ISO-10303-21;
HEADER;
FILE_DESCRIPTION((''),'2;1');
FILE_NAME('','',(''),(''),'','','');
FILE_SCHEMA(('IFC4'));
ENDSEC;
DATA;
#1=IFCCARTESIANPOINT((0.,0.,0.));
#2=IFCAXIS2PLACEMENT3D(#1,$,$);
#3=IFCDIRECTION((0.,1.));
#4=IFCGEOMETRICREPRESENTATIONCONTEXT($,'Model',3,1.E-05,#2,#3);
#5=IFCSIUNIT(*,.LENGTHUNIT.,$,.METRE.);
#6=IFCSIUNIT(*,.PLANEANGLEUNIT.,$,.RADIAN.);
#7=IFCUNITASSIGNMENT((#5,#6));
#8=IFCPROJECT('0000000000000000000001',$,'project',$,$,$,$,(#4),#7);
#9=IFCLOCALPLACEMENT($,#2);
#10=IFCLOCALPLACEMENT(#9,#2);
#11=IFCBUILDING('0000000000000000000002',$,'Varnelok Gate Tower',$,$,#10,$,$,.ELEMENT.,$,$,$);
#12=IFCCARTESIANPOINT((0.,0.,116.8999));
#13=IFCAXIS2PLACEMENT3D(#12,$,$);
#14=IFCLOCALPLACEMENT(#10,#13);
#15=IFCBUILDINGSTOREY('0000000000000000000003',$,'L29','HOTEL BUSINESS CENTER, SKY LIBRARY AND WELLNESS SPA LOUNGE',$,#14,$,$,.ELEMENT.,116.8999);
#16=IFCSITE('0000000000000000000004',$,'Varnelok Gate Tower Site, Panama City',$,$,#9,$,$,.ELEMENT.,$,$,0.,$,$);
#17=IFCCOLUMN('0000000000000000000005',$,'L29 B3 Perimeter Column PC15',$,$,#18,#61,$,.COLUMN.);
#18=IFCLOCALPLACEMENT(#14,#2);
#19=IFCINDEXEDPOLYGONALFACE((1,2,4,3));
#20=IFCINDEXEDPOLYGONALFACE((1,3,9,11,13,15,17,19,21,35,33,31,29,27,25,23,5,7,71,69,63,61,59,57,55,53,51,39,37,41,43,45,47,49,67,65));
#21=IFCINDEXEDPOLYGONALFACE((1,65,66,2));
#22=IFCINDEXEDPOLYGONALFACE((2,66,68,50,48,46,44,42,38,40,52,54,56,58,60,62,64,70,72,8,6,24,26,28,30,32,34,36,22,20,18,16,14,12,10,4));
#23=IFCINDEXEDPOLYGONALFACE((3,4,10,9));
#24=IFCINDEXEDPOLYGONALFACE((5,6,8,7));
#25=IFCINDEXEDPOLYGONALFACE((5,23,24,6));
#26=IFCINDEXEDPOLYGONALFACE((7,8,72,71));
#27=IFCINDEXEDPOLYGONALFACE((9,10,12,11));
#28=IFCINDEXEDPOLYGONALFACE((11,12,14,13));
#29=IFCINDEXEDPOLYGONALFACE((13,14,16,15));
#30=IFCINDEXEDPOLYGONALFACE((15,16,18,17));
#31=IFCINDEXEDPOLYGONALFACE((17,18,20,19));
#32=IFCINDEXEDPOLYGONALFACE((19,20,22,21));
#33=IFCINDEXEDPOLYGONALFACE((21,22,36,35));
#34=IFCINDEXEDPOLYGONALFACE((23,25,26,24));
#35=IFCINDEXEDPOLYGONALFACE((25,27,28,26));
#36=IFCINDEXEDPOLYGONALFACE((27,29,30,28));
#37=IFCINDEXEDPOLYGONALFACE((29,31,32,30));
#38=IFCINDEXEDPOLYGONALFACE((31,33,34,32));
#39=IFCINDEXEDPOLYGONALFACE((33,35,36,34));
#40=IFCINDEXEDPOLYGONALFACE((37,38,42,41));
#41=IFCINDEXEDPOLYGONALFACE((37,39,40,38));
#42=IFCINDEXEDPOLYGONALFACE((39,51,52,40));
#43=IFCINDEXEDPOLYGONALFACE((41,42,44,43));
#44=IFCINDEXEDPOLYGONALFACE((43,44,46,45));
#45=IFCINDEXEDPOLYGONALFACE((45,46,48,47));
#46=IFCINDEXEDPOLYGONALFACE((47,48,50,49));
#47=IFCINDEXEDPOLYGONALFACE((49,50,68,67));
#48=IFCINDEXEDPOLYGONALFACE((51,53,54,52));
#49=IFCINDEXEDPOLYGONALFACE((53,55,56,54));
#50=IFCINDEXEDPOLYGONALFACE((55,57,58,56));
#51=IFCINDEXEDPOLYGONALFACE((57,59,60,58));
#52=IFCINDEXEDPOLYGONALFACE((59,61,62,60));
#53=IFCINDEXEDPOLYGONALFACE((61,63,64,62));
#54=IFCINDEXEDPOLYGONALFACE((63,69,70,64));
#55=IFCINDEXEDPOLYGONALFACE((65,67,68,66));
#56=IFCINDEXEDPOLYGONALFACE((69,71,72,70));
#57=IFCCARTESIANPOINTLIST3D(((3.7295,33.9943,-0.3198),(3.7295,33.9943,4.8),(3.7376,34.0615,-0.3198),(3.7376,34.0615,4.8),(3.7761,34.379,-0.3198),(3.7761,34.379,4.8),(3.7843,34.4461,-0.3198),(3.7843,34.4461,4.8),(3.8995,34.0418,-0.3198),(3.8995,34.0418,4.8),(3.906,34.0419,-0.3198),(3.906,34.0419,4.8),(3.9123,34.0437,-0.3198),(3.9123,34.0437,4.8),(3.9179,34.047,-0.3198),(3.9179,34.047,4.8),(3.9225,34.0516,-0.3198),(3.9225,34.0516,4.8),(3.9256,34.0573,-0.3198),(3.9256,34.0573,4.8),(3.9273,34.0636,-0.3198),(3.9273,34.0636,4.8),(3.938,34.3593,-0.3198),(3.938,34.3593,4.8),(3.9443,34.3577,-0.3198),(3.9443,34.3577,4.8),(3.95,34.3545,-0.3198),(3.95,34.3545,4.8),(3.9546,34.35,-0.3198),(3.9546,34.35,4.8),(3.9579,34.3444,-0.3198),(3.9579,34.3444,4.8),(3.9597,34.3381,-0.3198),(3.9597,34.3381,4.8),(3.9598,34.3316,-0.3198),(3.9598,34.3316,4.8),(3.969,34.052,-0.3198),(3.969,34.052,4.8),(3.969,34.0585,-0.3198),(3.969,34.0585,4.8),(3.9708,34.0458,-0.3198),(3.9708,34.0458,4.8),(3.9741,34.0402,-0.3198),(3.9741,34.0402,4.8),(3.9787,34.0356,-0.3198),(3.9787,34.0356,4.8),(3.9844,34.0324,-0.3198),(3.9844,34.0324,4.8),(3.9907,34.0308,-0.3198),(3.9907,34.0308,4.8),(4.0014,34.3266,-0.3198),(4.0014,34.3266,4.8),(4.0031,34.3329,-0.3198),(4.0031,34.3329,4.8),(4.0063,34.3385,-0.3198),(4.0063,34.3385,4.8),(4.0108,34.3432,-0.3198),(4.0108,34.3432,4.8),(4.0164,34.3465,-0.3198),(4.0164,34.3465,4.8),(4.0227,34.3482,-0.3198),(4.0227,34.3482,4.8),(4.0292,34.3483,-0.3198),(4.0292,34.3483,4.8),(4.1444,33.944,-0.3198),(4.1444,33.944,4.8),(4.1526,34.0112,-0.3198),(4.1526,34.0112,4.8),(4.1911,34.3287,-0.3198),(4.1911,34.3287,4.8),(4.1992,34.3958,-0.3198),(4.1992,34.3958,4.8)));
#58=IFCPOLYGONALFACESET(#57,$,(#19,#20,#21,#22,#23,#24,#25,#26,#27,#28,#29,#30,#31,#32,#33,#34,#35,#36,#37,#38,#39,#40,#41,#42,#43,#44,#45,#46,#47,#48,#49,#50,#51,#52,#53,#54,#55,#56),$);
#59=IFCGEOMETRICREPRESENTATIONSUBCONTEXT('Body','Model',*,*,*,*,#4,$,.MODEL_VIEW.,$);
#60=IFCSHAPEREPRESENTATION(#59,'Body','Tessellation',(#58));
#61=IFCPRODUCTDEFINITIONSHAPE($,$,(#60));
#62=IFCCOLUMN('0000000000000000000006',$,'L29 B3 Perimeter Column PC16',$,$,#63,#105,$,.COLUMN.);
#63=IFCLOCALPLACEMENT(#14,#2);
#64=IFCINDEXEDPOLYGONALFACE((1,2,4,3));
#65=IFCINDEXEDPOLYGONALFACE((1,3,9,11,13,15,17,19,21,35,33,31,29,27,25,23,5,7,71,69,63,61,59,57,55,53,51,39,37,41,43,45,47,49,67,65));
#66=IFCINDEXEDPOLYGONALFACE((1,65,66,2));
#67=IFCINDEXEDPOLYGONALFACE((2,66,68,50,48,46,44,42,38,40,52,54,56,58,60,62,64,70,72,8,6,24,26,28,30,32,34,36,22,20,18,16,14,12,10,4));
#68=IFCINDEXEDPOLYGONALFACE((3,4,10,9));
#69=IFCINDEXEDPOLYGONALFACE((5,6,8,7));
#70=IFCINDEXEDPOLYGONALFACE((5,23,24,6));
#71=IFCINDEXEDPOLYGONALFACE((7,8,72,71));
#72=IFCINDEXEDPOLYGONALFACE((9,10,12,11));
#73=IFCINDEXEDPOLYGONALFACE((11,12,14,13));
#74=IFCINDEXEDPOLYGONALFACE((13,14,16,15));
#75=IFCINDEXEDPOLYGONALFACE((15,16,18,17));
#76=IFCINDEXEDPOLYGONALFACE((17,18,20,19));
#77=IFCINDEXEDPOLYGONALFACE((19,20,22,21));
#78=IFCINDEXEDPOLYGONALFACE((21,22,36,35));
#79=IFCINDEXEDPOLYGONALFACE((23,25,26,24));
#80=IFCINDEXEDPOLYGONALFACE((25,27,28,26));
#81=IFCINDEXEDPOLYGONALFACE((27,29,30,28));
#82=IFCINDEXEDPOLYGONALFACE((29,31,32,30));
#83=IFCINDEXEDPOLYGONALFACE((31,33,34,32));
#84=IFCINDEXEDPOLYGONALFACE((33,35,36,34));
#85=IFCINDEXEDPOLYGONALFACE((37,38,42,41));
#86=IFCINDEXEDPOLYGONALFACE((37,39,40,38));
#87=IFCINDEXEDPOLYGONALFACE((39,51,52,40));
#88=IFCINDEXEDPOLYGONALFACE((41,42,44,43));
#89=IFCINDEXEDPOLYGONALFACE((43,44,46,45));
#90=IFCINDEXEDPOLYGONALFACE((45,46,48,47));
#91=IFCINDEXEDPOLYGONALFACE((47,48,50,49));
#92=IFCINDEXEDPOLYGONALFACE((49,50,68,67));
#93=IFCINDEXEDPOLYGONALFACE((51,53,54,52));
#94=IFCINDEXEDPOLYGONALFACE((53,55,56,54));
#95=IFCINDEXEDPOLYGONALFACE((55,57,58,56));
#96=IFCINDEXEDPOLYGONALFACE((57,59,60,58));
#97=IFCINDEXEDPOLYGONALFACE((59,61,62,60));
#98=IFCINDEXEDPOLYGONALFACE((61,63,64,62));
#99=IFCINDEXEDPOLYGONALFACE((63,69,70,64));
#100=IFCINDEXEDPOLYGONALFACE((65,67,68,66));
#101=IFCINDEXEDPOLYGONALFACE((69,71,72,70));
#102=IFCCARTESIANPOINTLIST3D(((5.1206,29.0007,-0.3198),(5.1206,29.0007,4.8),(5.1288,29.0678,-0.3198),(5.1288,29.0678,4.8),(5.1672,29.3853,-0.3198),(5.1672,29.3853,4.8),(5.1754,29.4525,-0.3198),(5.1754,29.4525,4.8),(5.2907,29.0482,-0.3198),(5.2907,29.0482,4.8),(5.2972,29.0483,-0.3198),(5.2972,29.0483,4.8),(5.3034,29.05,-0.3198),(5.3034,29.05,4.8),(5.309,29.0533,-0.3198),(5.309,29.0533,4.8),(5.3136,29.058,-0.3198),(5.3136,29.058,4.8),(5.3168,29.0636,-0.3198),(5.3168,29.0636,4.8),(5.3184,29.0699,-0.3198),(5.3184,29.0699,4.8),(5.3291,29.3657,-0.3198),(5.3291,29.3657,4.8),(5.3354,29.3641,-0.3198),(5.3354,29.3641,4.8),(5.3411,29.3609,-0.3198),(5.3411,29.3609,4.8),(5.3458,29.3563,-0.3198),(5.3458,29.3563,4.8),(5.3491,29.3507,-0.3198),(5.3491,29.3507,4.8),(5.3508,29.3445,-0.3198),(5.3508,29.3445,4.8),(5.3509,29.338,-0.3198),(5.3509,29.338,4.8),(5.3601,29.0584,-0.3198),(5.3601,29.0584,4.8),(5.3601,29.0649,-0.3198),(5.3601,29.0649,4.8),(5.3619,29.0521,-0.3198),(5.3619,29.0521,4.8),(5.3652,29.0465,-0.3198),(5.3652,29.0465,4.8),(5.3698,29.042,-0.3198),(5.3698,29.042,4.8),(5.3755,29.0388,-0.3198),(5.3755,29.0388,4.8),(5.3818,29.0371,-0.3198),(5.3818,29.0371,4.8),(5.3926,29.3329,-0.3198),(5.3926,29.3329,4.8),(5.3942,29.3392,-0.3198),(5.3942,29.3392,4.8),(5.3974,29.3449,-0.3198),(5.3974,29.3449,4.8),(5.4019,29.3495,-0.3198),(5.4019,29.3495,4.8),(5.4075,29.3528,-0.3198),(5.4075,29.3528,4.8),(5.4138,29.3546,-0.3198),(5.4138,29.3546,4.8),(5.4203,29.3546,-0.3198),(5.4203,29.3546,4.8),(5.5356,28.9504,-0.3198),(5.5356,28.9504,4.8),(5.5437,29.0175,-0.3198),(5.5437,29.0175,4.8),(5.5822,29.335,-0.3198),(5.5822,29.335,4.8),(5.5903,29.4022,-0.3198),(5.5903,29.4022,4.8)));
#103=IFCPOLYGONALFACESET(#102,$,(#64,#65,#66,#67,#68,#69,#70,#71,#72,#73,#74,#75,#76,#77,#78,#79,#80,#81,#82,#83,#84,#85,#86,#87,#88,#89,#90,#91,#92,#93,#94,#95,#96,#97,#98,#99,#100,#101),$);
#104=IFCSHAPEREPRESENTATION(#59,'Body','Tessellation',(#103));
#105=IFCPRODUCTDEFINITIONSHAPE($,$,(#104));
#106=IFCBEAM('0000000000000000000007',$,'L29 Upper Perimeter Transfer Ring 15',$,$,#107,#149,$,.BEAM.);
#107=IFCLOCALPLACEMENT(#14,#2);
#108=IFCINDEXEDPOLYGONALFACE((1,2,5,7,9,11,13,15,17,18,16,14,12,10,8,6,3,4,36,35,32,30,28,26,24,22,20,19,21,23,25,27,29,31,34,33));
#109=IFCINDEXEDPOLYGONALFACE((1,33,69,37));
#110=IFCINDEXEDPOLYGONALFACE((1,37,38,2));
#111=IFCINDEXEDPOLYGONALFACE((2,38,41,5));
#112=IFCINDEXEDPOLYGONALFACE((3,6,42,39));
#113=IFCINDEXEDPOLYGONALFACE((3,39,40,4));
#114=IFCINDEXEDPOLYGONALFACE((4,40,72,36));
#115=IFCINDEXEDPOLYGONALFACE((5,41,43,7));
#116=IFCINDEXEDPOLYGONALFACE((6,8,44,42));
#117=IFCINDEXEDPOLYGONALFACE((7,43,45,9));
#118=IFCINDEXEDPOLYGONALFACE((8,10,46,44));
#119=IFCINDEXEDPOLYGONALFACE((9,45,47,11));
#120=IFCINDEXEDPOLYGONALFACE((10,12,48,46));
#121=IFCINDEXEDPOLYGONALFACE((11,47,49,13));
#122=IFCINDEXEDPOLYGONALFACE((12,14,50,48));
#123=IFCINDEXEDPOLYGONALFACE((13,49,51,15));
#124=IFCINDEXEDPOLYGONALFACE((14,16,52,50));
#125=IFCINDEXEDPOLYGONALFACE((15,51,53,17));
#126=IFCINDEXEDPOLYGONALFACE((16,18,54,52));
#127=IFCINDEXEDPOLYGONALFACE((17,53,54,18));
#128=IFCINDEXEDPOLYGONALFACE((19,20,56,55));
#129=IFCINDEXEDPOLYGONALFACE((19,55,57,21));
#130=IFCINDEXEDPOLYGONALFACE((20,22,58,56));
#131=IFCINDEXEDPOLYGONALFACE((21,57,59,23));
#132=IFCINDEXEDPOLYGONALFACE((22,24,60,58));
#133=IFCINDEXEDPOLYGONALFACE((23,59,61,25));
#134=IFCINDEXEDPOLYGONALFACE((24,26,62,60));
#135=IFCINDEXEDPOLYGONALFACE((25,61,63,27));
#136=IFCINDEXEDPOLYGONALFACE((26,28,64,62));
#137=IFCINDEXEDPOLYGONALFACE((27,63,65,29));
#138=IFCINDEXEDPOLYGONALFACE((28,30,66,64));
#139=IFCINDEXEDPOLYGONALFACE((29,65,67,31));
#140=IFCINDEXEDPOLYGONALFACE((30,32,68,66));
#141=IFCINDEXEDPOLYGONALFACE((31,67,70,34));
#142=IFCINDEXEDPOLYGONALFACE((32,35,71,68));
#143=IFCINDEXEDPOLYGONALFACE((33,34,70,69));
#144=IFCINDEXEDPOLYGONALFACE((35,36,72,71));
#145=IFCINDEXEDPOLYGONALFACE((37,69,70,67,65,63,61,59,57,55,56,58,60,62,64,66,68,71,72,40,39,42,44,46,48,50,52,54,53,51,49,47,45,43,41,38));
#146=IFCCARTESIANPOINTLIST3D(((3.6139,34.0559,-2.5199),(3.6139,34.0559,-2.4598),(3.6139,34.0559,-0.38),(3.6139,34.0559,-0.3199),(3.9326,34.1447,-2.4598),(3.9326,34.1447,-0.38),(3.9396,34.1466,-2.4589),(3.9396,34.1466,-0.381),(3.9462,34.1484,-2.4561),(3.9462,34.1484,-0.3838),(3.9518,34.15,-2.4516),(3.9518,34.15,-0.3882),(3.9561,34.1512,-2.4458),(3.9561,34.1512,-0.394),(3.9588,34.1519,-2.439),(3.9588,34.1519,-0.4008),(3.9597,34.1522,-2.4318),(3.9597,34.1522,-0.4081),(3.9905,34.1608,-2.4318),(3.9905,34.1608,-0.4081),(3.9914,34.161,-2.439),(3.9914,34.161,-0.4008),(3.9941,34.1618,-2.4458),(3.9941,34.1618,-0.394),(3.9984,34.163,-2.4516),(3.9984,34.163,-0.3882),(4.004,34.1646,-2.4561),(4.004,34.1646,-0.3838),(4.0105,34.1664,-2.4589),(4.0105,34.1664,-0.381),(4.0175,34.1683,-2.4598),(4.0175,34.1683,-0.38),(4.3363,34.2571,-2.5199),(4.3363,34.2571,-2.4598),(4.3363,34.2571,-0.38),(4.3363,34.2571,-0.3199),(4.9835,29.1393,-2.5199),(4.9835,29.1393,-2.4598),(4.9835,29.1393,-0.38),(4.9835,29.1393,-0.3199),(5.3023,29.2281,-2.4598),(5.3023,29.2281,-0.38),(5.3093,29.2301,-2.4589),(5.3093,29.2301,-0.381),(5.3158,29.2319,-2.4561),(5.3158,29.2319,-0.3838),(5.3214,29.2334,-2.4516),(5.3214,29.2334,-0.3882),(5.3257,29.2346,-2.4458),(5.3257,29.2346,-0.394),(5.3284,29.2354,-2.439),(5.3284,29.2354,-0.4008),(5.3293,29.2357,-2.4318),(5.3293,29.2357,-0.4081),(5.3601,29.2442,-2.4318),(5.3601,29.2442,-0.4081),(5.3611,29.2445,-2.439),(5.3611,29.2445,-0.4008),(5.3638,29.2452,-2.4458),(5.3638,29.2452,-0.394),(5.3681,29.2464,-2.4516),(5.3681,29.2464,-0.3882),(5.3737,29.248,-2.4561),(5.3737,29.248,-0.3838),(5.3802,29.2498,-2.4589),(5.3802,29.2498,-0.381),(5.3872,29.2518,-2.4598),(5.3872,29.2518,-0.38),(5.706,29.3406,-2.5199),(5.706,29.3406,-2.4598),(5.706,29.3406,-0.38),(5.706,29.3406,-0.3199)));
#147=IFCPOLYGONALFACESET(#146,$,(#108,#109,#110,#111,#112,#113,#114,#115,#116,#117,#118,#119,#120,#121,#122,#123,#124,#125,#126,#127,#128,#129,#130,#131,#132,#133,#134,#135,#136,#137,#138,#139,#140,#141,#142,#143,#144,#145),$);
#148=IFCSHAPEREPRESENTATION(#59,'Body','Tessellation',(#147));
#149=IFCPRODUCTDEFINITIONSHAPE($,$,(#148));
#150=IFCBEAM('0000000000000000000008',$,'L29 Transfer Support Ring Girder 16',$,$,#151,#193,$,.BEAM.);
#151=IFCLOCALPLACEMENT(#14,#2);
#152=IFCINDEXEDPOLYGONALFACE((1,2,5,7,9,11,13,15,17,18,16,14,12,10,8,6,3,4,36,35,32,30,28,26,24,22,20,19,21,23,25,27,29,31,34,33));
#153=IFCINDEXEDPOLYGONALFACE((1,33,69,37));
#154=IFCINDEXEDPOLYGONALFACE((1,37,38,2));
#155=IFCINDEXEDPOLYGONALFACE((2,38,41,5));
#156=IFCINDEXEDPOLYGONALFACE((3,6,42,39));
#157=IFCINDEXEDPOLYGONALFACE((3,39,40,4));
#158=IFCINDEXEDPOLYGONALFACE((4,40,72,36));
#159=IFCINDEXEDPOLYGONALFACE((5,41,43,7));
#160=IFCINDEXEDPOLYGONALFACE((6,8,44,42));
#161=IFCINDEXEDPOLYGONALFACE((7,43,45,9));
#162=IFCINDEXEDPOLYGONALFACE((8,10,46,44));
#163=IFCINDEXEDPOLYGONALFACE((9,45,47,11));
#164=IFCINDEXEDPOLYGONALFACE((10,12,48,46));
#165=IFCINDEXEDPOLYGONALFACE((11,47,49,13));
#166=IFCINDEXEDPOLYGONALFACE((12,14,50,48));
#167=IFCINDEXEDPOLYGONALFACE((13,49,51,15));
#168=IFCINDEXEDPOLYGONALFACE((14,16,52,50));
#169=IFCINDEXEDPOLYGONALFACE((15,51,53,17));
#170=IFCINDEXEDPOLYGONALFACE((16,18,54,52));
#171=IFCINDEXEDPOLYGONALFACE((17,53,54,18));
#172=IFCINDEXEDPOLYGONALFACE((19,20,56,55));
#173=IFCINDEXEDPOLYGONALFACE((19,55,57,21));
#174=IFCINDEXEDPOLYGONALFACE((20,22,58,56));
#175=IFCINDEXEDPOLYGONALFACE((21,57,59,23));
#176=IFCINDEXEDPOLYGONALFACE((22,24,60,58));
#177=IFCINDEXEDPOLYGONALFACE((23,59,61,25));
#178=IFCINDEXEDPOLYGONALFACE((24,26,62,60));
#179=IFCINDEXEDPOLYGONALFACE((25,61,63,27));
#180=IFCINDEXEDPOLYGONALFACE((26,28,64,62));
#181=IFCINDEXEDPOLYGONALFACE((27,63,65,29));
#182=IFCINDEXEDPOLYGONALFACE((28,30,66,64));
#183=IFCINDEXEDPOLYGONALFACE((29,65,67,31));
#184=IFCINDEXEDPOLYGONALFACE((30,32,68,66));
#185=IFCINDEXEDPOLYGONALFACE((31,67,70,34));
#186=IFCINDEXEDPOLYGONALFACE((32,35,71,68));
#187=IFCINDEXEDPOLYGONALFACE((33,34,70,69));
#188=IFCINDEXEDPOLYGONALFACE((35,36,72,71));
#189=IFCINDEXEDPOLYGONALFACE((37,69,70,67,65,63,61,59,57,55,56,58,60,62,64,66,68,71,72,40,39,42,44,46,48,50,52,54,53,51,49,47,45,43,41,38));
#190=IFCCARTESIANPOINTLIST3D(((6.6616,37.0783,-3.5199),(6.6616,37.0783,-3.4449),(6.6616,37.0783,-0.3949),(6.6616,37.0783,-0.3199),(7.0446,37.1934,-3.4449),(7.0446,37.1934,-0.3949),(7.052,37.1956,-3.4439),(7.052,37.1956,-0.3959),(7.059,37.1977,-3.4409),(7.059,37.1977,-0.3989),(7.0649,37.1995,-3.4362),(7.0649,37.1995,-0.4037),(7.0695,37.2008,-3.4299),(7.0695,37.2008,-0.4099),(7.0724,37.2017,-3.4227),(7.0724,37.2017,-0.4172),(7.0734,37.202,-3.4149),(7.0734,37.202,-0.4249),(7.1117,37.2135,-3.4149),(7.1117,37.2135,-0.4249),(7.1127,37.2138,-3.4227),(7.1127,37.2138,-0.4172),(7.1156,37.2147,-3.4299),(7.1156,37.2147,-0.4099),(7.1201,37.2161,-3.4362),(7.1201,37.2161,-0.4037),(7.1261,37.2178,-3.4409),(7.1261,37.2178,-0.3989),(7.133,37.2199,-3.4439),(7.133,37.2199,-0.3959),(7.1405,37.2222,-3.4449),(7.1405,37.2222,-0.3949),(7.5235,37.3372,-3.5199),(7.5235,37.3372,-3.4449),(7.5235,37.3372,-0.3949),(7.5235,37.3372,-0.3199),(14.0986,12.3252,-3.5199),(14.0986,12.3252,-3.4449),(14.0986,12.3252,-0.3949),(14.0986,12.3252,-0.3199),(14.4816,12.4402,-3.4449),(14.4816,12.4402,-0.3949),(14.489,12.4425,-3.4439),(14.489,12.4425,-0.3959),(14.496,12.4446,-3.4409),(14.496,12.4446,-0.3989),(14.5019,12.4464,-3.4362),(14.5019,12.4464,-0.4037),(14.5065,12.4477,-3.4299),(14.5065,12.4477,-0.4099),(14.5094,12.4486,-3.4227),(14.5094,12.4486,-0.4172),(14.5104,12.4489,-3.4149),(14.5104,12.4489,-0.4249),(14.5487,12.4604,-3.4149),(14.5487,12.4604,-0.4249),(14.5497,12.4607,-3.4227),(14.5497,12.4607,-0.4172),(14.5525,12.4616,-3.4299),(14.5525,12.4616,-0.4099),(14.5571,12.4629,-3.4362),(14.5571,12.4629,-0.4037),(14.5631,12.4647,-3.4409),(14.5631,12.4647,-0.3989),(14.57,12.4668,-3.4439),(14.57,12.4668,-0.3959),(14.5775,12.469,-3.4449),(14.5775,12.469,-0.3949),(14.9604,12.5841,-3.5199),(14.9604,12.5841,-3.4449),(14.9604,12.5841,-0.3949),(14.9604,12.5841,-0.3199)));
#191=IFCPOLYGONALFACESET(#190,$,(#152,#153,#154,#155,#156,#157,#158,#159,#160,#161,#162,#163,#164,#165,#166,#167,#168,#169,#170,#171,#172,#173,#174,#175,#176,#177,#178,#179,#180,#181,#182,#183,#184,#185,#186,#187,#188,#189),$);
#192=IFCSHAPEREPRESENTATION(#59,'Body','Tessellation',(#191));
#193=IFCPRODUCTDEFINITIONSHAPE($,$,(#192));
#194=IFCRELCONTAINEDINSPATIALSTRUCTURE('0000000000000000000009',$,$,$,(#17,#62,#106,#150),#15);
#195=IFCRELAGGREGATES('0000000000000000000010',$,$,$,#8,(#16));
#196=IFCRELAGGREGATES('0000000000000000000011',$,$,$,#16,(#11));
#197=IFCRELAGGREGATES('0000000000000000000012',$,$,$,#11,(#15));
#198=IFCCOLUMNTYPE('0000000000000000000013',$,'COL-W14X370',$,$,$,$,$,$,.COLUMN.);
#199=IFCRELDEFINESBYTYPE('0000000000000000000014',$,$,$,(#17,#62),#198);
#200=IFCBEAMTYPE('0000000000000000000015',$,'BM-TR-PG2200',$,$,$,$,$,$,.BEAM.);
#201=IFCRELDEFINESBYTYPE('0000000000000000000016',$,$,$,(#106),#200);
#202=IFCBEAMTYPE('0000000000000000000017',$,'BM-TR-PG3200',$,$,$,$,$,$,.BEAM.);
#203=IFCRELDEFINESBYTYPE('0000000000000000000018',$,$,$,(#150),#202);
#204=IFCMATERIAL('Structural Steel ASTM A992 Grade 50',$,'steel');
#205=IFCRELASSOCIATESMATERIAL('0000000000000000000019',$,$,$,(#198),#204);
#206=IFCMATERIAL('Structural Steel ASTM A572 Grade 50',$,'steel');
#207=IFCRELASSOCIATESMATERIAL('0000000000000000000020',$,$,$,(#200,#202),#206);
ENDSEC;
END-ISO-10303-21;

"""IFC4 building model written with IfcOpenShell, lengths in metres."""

from ifc_helpers import new_model, si_unit, direction, frame, origin, origin_2d, place, context, subcontext, project, spatial, i_section, extrude, material, material_profile, profile_set, type_object, element, save


model = new_model("IFC4")

# Units and contexts
model_context = context("Model", 3, precision=1e-05, world=origin(), true_north=direction((0.0, 1.0)))
body_context = subcontext(model_context, "Body", "Model", "MODEL_VIEW")
ifc_project = project(units=[si_unit("LENGTHUNIT", "METRE"), si_unit("PLANEANGLEUNIT", "RADIAN")], contexts=[model_context])

# Site, building, storey
site_placement = place(None, origin())
site = spatial("IfcSite", under=ifc_project, at=site_placement, Name="Varnelok Gate Tower Site, Panama City", CompositionType="ELEMENT", RefElevation=0.0)
building_placement = place(site_placement, origin())
building = spatial("IfcBuilding", under=site, at=building_placement, Name="Varnelok Gate Tower", CompositionType="ELEMENT")
storey_placement = place(building_placement, frame((0.0, 0.0, 116.8999)))
storey = spatial("IfcBuildingStorey", under=building, at=storey_placement, Name="L29", Description="HOTEL BUSINESS CENTER, SKY LIBRARY AND WELLNESS SPA LOUNGE", CompositionType="ELEMENT", Elevation=116.8999)

# Columns
ifc_material_1 = material(Name="Structural Steel ASTM A992 Grade 50", Category="steel")
ifc_material_profile_1 = material_profile(ifc_material_1, i_section(OverallWidth=0.418, OverallDepth=0.4551, WebThickness=0.042, FlangeThickness=0.0676, FilletRadius=0.0249, at=origin_2d()), Name="W14X370")
ifc_profile_set_1 = profile_set([ifc_material_profile_1], Name="Structural Steel ASTM A992 Grade 50")
column_type = type_object("IfcColumnType", Name="COL-W14X370", PredefinedType="COLUMN", material=ifc_profile_set_1)
for number, where, z_axis, x_axis, name in (
    (1, (3.9644, 34.1951, -0.3198), (0.0, 0.0, 1.0), (0.992732, -0.120345, 0.0), "L29 B3 Perimeter Column PC15"),
    (2, (5.3555, 29.2014, -0.3198), (0.0, 0.0, 1.0), (0.992732, -0.120345, 0.0), "L29 B3 Perimeter Column PC16"),
):
    element("IfcColumn", number, at=place(storey_placement, frame(where, z_axis=z_axis, x_axis=x_axis)), inside=storey, type_object=column_type, Name=name, PredefinedType="COLUMN", context=body_context, shape_type="SweptSolid", body=[
        extrude(i_section(OverallWidth=0.418, OverallDepth=0.4551, WebThickness=0.042, FlangeThickness=0.0676, FilletRadius=0.0249, at=origin_2d()), origin(), (0.0, 0.0, 1.0), 5.1199),
    ])

# Beams
ifc_material_2 = material(Name="Structural Steel ASTM A572 Grade 50", Category="steel")
ifc_material_profile_2 = material_profile(ifc_material_2, i_section(OverallWidth=0.75, OverallDepth=2.2, WebThickness=0.032, FlangeThickness=0.0601, FilletRadius=0.0281, at=origin_2d()), Name="PG2200X750")
ifc_profile_set_2 = profile_set([ifc_material_profile_2], Name="Structural Steel ASTM A572 Grade 50")
beam_type_1 = type_object("IfcBeamType", Name="BM-TR-PG2200", PredefinedType="BEAM", material=ifc_profile_set_2)
beam_1_placement = place(storey_placement, frame((3.9751, 34.1565, -1.4199), z_axis=(0.268359, -0.963319, 0.0), x_axis=(0.963319, 0.268359, 0.0)))
element("IfcBeam", 3, at=beam_1_placement, inside=storey, type_object=beam_type_1, Name="L29 Upper Perimeter Transfer Ring 15", PredefinedType="BEAM", context=body_context, shape_type="SweptSolid", body=[
    extrude(i_section(OverallWidth=0.75, OverallDepth=2.2, WebThickness=0.032, FlangeThickness=0.0601, FilletRadius=0.0281, at=origin_2d()), origin(), (0.0, 0.0, 1.0), 5.1038),
])
ifc_material_profile_3 = material_profile(ifc_material_2, i_section(OverallWidth=0.8999, OverallDepth=3.2, WebThickness=0.04, FlangeThickness=0.075, FilletRadius=0.03, at=origin_2d()), Name="PG3200X900")
ifc_profile_set_3 = profile_set([ifc_material_profile_3], Name="Structural Steel ASTM A572 Grade 50")
beam_type_2 = type_object("IfcBeamType", Name="BM-TR-PG3200", PredefinedType="BEAM", material=ifc_profile_set_3)
beam_2_placement = place(storey_placement, frame((7.0925, 37.2078, -1.9199), z_axis=(0.28774, -0.957708, 0.0), x_axis=(0.957708, 0.28774, 0.0)))
element("IfcBeam", 4, at=beam_2_placement, inside=storey, type_object=beam_type_2, Name="L29 Transfer Support Ring Girder 16", PredefinedType="BEAM", context=body_context, shape_type="SweptSolid", body=[
    extrude(i_section(OverallWidth=0.8999, OverallDepth=3.2, WebThickness=0.04, FlangeThickness=0.075, FilletRadius=0.03, at=origin_2d()), origin(), (0.0, 0.0, 1.0), 25.8462),
])

save(model, "model.ifc")
